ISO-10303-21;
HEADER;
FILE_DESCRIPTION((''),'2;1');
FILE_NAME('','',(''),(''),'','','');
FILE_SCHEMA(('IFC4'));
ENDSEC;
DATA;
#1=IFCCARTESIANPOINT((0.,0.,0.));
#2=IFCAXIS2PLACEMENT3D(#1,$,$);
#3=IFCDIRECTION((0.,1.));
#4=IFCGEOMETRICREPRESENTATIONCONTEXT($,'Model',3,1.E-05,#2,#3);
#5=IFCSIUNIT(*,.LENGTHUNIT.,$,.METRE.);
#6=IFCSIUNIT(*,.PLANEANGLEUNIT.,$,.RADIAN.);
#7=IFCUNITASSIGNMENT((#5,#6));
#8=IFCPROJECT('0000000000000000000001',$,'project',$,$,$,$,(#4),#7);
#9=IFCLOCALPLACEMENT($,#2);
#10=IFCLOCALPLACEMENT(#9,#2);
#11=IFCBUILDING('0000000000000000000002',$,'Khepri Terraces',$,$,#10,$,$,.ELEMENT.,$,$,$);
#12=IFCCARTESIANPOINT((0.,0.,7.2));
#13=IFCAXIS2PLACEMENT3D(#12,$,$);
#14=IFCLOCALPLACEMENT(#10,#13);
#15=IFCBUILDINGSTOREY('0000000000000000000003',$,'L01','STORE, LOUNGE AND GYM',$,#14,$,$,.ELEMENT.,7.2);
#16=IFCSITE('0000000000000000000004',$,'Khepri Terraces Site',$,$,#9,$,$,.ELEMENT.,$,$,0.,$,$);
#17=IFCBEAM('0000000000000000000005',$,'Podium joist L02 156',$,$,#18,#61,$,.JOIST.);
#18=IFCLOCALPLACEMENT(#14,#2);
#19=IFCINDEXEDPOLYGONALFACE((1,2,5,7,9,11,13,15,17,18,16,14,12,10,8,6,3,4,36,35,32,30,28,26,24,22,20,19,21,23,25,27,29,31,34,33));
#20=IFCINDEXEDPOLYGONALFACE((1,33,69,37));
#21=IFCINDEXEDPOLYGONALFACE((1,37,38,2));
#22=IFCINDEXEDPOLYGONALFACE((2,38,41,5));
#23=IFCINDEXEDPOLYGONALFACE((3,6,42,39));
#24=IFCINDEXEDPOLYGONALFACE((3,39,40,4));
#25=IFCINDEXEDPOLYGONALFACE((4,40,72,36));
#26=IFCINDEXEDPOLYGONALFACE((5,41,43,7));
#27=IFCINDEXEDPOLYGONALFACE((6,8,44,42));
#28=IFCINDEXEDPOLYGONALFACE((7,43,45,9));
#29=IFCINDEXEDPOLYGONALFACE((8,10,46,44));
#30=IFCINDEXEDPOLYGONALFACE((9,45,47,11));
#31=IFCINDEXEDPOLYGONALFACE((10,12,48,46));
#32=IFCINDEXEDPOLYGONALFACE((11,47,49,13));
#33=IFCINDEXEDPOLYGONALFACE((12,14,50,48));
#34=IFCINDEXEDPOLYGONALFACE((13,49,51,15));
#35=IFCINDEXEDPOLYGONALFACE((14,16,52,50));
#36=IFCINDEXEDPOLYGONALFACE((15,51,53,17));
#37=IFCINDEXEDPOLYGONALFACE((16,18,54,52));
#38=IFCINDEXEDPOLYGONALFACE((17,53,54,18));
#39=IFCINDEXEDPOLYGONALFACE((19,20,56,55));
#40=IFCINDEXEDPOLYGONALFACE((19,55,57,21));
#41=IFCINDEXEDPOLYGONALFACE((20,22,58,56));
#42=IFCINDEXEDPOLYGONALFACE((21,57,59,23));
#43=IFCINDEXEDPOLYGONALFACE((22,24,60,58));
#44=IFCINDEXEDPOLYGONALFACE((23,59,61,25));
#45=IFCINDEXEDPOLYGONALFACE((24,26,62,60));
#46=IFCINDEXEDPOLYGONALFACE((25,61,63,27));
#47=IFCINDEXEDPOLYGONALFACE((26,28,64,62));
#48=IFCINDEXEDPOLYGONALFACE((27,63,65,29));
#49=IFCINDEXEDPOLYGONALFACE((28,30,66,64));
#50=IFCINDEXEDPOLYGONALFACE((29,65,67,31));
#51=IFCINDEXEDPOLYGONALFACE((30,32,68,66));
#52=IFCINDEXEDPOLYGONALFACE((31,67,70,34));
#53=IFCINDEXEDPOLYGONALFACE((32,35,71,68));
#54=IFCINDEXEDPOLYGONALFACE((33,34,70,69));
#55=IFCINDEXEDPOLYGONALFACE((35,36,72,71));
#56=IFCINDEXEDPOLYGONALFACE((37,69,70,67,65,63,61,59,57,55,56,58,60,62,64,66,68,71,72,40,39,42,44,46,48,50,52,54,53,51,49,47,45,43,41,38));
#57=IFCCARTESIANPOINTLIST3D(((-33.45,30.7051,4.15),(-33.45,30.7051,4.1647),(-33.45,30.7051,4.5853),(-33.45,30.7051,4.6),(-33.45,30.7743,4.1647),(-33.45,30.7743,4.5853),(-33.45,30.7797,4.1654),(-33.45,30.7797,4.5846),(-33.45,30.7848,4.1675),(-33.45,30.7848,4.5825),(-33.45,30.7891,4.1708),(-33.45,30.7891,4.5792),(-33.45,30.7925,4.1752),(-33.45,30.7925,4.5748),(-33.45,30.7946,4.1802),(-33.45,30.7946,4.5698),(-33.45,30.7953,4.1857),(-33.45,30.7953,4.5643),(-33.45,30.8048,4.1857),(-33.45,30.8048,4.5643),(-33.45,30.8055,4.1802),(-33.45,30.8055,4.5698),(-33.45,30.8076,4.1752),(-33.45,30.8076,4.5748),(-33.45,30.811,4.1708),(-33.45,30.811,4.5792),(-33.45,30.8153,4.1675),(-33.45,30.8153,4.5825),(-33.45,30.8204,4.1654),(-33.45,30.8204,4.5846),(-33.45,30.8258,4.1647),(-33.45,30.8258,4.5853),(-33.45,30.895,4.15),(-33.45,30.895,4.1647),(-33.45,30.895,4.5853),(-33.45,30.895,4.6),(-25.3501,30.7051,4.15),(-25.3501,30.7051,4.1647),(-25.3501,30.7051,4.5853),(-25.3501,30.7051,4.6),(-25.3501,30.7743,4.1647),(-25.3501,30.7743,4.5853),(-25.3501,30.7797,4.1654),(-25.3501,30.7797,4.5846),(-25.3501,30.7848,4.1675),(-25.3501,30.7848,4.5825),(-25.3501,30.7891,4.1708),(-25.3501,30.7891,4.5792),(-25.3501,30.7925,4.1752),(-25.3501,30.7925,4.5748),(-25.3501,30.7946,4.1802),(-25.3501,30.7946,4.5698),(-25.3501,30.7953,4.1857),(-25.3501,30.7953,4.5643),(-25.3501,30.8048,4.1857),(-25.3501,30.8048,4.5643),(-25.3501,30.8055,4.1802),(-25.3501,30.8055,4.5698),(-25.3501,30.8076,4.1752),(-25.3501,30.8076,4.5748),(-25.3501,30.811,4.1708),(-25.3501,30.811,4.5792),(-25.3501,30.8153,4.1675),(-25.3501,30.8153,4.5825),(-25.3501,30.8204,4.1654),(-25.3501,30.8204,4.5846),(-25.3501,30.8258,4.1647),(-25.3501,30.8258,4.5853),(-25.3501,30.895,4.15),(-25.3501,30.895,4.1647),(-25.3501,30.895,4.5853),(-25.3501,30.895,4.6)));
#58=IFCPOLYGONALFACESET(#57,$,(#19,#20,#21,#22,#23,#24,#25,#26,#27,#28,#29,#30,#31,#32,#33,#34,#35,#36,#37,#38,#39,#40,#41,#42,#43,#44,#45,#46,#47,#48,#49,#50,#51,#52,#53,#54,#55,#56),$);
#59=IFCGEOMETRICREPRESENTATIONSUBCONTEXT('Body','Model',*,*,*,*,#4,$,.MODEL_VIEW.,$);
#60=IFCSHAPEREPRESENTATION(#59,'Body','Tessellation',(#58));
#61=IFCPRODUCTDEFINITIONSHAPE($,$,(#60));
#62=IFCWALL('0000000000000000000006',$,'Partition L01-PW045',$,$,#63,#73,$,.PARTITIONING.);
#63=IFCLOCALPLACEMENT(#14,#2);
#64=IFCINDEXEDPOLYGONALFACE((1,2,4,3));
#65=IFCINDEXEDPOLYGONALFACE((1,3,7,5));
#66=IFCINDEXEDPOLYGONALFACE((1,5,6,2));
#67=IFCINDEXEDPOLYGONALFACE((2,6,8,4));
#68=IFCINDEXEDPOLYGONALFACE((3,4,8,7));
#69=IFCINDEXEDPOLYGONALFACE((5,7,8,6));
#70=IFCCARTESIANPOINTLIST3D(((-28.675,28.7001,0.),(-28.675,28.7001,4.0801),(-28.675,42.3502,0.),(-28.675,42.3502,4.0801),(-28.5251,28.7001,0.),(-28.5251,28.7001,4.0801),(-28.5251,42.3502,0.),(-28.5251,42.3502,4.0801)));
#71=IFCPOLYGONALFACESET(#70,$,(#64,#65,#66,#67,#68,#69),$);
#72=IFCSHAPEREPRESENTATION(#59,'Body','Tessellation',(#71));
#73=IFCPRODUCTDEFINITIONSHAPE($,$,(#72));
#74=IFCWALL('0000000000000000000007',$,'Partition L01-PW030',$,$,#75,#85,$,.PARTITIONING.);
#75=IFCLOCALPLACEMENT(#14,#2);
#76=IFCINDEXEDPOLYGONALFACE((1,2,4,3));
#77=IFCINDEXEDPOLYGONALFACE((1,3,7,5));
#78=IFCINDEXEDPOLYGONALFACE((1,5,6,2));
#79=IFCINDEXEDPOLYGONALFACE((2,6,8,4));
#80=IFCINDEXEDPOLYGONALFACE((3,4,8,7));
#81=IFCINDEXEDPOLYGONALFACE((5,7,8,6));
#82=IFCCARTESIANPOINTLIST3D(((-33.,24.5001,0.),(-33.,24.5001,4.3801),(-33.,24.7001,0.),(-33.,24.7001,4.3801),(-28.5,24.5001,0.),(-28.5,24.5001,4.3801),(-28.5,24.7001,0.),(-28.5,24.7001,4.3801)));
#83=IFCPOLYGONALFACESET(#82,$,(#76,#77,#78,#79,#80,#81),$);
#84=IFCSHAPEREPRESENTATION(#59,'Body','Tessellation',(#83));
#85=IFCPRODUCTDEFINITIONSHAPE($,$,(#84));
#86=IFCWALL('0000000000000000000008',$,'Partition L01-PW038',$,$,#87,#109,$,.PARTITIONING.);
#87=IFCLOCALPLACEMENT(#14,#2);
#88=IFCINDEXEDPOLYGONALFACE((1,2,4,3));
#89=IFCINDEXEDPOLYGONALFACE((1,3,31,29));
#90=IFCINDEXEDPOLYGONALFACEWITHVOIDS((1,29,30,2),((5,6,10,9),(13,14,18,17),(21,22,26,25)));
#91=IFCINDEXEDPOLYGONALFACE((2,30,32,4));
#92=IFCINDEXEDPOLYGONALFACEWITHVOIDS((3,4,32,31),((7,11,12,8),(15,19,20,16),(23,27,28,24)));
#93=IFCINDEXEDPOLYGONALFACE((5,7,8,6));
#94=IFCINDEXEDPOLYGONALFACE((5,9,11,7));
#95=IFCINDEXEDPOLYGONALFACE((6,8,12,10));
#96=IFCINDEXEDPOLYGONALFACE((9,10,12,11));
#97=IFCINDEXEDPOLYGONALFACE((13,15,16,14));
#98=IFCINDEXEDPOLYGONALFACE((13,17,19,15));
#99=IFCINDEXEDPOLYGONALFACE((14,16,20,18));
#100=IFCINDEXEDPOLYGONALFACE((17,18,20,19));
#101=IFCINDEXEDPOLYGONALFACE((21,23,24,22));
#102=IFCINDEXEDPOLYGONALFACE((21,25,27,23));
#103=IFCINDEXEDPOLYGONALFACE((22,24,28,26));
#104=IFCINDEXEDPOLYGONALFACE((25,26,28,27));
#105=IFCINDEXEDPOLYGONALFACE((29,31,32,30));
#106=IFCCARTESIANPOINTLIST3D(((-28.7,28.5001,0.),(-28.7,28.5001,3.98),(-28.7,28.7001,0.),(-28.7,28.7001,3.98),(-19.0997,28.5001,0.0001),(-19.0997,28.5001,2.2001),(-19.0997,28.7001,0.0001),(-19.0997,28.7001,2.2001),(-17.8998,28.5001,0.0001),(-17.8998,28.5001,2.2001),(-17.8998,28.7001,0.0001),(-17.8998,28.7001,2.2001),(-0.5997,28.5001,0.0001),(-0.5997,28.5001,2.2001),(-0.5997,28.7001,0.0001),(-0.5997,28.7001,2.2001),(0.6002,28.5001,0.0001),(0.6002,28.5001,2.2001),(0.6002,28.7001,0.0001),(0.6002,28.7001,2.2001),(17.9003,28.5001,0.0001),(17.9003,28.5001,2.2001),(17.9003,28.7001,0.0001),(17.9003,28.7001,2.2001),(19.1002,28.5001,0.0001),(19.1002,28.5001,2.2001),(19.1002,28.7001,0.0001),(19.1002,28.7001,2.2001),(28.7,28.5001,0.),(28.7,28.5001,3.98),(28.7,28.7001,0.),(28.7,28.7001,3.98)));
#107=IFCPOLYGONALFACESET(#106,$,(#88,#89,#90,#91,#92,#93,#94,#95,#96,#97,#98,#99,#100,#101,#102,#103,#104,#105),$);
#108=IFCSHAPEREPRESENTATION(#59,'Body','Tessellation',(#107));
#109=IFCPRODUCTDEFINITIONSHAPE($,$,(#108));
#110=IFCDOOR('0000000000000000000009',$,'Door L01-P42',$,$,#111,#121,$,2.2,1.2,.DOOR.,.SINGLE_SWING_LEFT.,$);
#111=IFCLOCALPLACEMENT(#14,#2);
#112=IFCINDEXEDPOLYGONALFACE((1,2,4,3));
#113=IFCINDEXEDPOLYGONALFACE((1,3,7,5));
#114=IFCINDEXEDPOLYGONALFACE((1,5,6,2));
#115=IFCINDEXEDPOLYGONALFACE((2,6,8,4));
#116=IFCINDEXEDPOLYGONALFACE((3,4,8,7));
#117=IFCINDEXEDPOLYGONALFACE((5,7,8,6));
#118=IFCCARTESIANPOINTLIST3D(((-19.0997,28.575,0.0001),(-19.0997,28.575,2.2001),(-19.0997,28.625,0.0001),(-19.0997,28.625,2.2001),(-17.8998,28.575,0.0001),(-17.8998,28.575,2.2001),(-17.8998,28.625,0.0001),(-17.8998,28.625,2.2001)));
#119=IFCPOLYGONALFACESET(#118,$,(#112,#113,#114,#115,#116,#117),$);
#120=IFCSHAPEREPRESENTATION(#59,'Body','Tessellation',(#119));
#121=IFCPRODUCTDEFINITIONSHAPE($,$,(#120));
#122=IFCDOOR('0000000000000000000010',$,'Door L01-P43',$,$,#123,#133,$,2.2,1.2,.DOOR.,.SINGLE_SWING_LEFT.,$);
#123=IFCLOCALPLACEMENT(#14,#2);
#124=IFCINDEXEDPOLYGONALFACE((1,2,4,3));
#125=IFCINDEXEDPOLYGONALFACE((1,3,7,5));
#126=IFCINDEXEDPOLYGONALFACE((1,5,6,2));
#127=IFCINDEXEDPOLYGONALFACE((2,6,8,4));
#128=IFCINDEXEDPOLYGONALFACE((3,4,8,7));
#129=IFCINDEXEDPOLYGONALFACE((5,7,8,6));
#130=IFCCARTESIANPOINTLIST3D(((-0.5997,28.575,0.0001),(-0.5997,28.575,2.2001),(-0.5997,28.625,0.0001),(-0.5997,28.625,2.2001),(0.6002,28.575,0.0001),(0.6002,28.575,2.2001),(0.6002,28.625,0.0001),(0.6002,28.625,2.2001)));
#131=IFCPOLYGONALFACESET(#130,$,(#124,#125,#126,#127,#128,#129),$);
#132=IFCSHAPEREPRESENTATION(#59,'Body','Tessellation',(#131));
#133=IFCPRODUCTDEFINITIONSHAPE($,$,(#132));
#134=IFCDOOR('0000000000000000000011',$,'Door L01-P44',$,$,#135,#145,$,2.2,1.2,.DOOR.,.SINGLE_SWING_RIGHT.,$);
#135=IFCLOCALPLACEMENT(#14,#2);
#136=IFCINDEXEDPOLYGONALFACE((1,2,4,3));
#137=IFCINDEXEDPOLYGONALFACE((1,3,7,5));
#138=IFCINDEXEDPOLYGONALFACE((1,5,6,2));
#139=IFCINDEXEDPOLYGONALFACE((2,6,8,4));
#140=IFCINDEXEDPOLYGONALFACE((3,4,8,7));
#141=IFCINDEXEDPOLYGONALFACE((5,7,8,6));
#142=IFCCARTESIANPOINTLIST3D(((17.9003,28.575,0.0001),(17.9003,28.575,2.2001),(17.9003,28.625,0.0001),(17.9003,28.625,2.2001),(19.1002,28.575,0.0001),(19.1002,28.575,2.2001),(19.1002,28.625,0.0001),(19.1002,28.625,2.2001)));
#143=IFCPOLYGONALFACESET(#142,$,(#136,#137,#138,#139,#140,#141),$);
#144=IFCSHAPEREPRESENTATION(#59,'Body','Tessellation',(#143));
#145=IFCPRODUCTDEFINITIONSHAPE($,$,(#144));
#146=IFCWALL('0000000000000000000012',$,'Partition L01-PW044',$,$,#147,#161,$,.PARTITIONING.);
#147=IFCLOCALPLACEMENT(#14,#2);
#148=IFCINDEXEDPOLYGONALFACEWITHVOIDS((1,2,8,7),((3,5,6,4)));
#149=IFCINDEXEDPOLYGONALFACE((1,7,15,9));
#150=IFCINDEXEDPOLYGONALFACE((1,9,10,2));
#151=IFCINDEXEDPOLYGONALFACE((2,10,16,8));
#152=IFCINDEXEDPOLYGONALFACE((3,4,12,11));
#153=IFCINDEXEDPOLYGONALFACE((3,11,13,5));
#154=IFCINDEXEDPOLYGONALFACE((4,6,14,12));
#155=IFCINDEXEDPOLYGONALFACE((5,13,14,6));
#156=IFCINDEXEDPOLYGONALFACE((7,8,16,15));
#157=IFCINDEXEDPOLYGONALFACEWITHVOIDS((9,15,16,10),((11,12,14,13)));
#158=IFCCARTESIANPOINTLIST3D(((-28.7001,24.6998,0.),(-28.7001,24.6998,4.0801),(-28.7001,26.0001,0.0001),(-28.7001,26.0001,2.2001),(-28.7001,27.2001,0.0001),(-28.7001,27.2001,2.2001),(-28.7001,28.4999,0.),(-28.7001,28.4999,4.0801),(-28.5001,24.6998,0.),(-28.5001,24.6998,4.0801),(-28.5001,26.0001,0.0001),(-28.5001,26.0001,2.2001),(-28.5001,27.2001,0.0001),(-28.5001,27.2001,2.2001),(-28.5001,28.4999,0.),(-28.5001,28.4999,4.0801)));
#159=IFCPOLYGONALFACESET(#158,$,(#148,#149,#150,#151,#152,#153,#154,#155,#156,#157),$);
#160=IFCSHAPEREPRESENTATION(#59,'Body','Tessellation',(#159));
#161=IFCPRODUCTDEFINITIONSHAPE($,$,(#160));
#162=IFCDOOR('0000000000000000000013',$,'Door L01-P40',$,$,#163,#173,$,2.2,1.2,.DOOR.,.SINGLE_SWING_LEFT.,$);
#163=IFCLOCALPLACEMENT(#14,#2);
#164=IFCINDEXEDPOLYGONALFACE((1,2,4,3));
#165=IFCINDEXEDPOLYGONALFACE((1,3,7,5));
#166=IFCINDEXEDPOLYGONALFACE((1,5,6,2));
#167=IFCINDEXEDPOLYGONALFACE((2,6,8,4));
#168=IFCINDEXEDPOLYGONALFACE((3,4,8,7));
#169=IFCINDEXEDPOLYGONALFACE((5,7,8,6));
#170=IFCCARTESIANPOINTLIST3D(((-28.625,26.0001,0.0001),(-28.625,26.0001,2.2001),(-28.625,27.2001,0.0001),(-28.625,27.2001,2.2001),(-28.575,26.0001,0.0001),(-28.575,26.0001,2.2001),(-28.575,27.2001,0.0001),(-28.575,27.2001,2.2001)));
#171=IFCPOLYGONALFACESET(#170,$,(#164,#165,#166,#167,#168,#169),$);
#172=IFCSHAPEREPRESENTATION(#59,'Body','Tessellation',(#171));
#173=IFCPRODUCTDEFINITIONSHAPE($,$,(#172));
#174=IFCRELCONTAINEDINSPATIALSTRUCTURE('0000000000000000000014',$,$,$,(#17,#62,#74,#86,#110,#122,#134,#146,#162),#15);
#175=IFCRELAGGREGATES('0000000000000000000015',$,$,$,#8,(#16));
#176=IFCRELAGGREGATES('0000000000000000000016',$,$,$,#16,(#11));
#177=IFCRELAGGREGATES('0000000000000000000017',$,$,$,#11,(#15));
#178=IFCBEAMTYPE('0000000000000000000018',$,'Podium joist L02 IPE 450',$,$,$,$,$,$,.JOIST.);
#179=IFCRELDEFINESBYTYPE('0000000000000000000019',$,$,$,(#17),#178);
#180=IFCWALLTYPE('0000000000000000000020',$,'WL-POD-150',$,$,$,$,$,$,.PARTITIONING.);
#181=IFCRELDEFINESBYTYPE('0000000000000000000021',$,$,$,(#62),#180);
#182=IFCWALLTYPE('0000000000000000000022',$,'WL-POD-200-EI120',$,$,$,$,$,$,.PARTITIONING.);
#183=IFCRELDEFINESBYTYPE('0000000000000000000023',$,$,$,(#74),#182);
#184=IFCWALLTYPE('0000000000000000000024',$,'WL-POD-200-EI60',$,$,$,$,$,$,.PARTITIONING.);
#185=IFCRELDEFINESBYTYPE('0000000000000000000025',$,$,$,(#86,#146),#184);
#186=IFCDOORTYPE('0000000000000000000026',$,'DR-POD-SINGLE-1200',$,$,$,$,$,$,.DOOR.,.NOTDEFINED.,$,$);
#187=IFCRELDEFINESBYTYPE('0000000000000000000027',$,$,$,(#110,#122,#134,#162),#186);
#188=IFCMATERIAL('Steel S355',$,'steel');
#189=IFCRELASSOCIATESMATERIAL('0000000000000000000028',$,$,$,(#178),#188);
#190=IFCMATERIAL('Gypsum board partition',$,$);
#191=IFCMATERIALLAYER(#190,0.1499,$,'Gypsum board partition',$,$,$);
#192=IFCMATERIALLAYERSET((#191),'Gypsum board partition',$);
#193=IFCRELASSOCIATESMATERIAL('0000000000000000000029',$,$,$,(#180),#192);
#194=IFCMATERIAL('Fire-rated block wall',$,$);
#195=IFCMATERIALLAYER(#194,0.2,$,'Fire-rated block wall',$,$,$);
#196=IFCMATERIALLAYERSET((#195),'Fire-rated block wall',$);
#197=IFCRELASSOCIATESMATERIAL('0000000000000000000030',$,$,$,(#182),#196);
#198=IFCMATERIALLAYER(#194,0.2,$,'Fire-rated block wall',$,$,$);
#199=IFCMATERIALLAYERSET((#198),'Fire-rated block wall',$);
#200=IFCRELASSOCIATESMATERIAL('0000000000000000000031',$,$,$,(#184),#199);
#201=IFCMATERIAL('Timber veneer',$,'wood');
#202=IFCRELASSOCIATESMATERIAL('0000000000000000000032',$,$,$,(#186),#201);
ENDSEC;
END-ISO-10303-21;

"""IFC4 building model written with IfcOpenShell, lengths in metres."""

from ifc_helpers import new_model, si_unit, direction, frame, frame_2d, origin, origin_2d, place, context, subcontext, project, spatial, rectangle, i_section, extrude, material, layer, layer_set, material_profile, profile_set, type_object, element, fill, save


model = new_model("IFC4")

# Units and contexts
model_context = context("Model", 3, precision=1e-05, world=origin(), true_north=direction((0.0, 1.0)))
body_context = subcontext(model_context, "Body", "Model", "MODEL_VIEW")
ifc_project = project(units=[si_unit("LENGTHUNIT", "METRE"), si_unit("PLANEANGLEUNIT", "RADIAN")], contexts=[model_context])

# Site, building, storey
site_placement = place(None, origin())
site = spatial("IfcSite", under=ifc_project, at=site_placement, Name="Khepri Terraces Site", CompositionType="ELEMENT", RefElevation=0.0)
building_placement = place(site_placement, origin())
building = spatial("IfcBuilding", under=site, at=building_placement, Name="Khepri Terraces", CompositionType="ELEMENT")
storey_placement = place(building_placement, frame((0.0, 0.0, 7.2)))
storey = spatial("IfcBuildingStorey", under=building, at=storey_placement, Name="L01", Description="STORE, LOUNGE AND GYM", CompositionType="ELEMENT", Elevation=7.2)

# Beam
ifc_material_1 = material(Name="Steel S355", Category="steel")
ifc_material_profile_1 = material_profile(ifc_material_1, i_section(OverallWidth=0.1899, OverallDepth=0.45, WebThickness=0.0095, FlangeThickness=0.0146, FilletRadius=0.021, at=origin_2d()), Name="Steel S355", Category="steel")
ifc_profile_set_1 = profile_set([ifc_material_profile_1], Name="Steel S355")
beam_type_1 = type_object("IfcBeamType", Name="Podium joist L02 IPE 450", PredefinedType="JOIST", material=ifc_profile_set_1)
for number, where, z_axis, x_axis, name in (
    (1, (-33.45, 30.8, 4.375), (1.0, 0.0, 0.0), (0.0, 1.0, 0.0), "Podium joist L02 156"),
):
    element("IfcBeam", number, at=place(storey_placement, frame(where, z_axis=z_axis, x_axis=x_axis)), inside=storey, type_object=beam_type_1, Name=name, PredefinedType="JOIST", context=body_context, shape_type="SweptSolid", body=[
        extrude(i_section(OverallWidth=0.1899, OverallDepth=0.45, WebThickness=0.0095, FlangeThickness=0.0146, FilletRadius=0.021, at=origin_2d()), origin(), (0.0, 0.0, 1.0), 8.0999),
    ])

# Walls
ifc_material_2 = material(Name="Gypsum board partition")
ifc_layer_1 = layer(ifc_material_2, 0.1499, Name="Gypsum board partition")
ifc_layer_set_1 = layer_set([ifc_layer_1], Name="Gypsum board partition")
wall_type_1 = type_object("IfcWallType", Name="WL-POD-150", PredefinedType="PARTITIONING", material=ifc_layer_set_1)
wall_1_placement = place(storey_placement, frame((-28.6001, 28.7, 0.0), z_axis=(0.0, 0.0, 1.0), x_axis=(0.0, 1.0, 0.0)))
element("IfcWall", 2, at=wall_1_placement, inside=storey, type_object=wall_type_1, Name="Partition L01-PW045", PredefinedType="PARTITIONING", context=body_context, shape_type="SweptSolid", body=[
    extrude(rectangle(XDim=13.6501, YDim=0.1499, at=frame_2d((6.8252, 0.0))), origin(), (0.0, 0.0, 1.0), 4.0801),
])
ifc_material_3 = material(Name="Fire-rated block wall")
ifc_layer_2 = layer(ifc_material_3, 0.2, Name="Fire-rated block wall")
ifc_layer_set_2 = layer_set([ifc_layer_2], Name="Fire-rated block wall")
wall_type_2 = type_object("IfcWallType", Name="WL-POD-200-EI120", PredefinedType="PARTITIONING", material=ifc_layer_set_2)
wall_2_placement = place(storey_placement, frame((-33.0, 24.6001, 0.0), z_axis=(0.0, 0.0, 1.0), x_axis=(1.0, 0.0, 0.0)))
element("IfcWall", 3, at=wall_2_placement, inside=storey, type_object=wall_type_2, Name="Partition L01-PW030", PredefinedType="PARTITIONING", context=body_context, shape_type="SweptSolid", body=[
    extrude(rectangle(XDim=4.5, YDim=0.2, at=frame_2d((2.25, 0.0))), origin(), (0.0, 0.0, 1.0), 4.3801),
])

# Wall, openings, doors
ifc_layer_3 = layer(ifc_material_3, 0.2, Name="Fire-rated block wall")
ifc_layer_set_3 = layer_set([ifc_layer_3], Name="Fire-rated block wall")
wall_type_3 = type_object("IfcWallType", Name="WL-POD-200-EI60", PredefinedType="PARTITIONING", material=ifc_layer_set_3)
wall_3_placement = place(storey_placement, frame((-28.7, 28.6001, 0.0), z_axis=(0.0, 0.0, 1.0), x_axis=(1.0, 0.0, 0.0)))
wall_3 = element("IfcWall", 4, at=wall_3_placement, inside=storey, type_object=wall_type_3, Name="Partition L01-PW038", PredefinedType="PARTITIONING", context=body_context, shape_type="SweptSolid", body=[
    extrude(rectangle(XDim=57.3999, YDim=0.2, at=frame_2d((28.7, 0.0))), origin(), (0.0, 0.0, 1.0), 3.98),
])
opening_1_placement = place(wall_3_placement, frame((9.6001, 0.0, 0.0)))
opening_1 = element("IfcOpeningElement", 5, at=opening_1_placement, cuts=wall_3, PredefinedType="OPENING", context=body_context, shape_type="SweptSolid", body=[
    extrude(rectangle(XDim=1.2, YDim=2.2, at=frame_2d((0.6001, 1.1001))), frame((0.0, 0.1099, 0.0), z_axis=(0.0, -1.0, 0.0), x_axis=(1.0, 0.0, 0.0)), (0.0, 0.0, 1.0), 0.22),
])
opening_2_placement = place(wall_3_placement, frame((28.1001, 0.0, 0.0)))
opening_2 = element("IfcOpeningElement", 6, at=opening_2_placement, cuts=wall_3, PredefinedType="OPENING", context=body_context, shape_type="SweptSolid", body=[
    extrude(rectangle(XDim=1.2, YDim=2.2, at=frame_2d((0.6001, 1.1001))), frame((0.0, 0.1099, 0.0), z_axis=(0.0, -1.0, 0.0), x_axis=(1.0, 0.0, 0.0)), (0.0, 0.0, 1.0), 0.22),
])
opening_3_placement = place(wall_3_placement, frame((46.6001, 0.0, 0.0)))
opening_3 = element("IfcOpeningElement", 7, at=opening_3_placement, cuts=wall_3, PredefinedType="OPENING", context=body_context, shape_type="SweptSolid", body=[
    extrude(rectangle(XDim=1.2, YDim=2.2, at=frame_2d((0.6001, 1.1001))), frame((0.0, 0.1099, 0.0), z_axis=(0.0, -1.0, 0.0), x_axis=(1.0, 0.0, 0.0)), (0.0, 0.0, 1.0), 0.22),
])
ifc_material_4 = material(Name="Timber veneer", Category="wood")
door_type = type_object("IfcDoorType", Name="DR-POD-SINGLE-1200", OperationType="NOTDEFINED", PredefinedType="DOOR", material=ifc_material_4)
door_1_placement = place(opening_1_placement, origin())
door_1 = element("IfcDoor", 8, at=door_1_placement, inside=storey, type_object=door_type, Name="Door L01-P42", OperationType="SINGLE_SWING_LEFT", OverallHeight=2.2, OverallWidth=1.2, PredefinedType="DOOR", context=body_context, shape_type="SweptSolid", body=[
    extrude(rectangle(XDim=1.2, YDim=2.2, at=frame_2d((0.6001, 1.1001))), frame((0.0, 0.0249, 0.0), z_axis=(0.0, -1.0, 0.0), x_axis=(1.0, 0.0, 0.0)), (0.0, 0.0, 1.0), 0.05),
])
fill(opening_1, door_1)
door_2_placement = place(opening_2_placement, origin())
door_2 = element("IfcDoor", 9, at=door_2_placement, inside=storey, type_object=door_type, Name="Door L01-P43", OperationType="SINGLE_SWING_LEFT", OverallHeight=2.2, OverallWidth=1.2, PredefinedType="DOOR", context=body_context, shape_type="SweptSolid", body=[
    extrude(rectangle(XDim=1.2, YDim=2.2, at=frame_2d((0.6001, 1.1001))), frame((0.0, 0.0249, 0.0), z_axis=(0.0, -1.0, 0.0), x_axis=(1.0, 0.0, 0.0)), (0.0, 0.0, 1.0), 0.05),
])
fill(opening_2, door_2)
door_3_placement = place(opening_3_placement, origin())
door_3 = element("IfcDoor", 10, at=door_3_placement, inside=storey, type_object=door_type, Name="Door L01-P44", OperationType="SINGLE_SWING_RIGHT", OverallHeight=2.2, OverallWidth=1.2, PredefinedType="DOOR", context=body_context, shape_type="SweptSolid", body=[
    extrude(rectangle(XDim=1.2, YDim=2.2, at=frame_2d((0.6001, 1.1001))), frame((0.0, 0.0249, 0.0), z_axis=(0.0, -1.0, 0.0), x_axis=(1.0, 0.0, 0.0)), (0.0, 0.0, 1.0), 0.05),
])
fill(opening_3, door_3)

# Wall, opening, door
wall_4_placement = place(storey_placement, frame((-28.6001, 24.7, 0.0), z_axis=(0.0, 0.0, 1.0), x_axis=(0.0, 1.0, 0.0)))
wall_4 = element("IfcWall", 11, at=wall_4_placement, inside=storey, type_object=wall_type_3, Name="Partition L01-PW044", PredefinedType="PARTITIONING", context=body_context, shape_type="SweptSolid", body=[
    extrude(rectangle(XDim=3.8, YDim=0.2, at=frame_2d((1.8999, 0.0))), origin(), (0.0, 0.0, 1.0), 4.0801),
])
opening_4_placement = place(wall_4_placement, frame((1.3, 0.0, 0.0)))
opening_4 = element("IfcOpeningElement", 12, at=opening_4_placement, cuts=wall_4, PredefinedType="OPENING", context=body_context, shape_type="SweptSolid", body=[
    extrude(rectangle(XDim=1.2, YDim=2.2, at=frame_2d((0.6001, 1.1001))), frame((0.0, 0.1099, 0.0), z_axis=(0.0, -1.0, 0.0), x_axis=(1.0, 0.0, 0.0)), (0.0, 0.0, 1.0), 0.22),
])
door_4_placement = place(opening_4_placement, origin())
door_4 = element("IfcDoor", 13, at=door_4_placement, inside=storey, type_object=door_type, Name="Door L01-P40", OperationType="SINGLE_SWING_LEFT", OverallHeight=2.2, OverallWidth=1.2, PredefinedType="DOOR", context=body_context, shape_type="SweptSolid", body=[
    extrude(rectangle(XDim=1.2, YDim=2.2, at=frame_2d((0.6001, 1.1001))), frame((0.0, 0.0249, 0.0), z_axis=(0.0, -1.0, 0.0), x_axis=(1.0, 0.0, 0.0)), (0.0, 0.0, 1.0), 0.05),
])
fill(opening_4, door_4)

save(model, "model.ifc")
